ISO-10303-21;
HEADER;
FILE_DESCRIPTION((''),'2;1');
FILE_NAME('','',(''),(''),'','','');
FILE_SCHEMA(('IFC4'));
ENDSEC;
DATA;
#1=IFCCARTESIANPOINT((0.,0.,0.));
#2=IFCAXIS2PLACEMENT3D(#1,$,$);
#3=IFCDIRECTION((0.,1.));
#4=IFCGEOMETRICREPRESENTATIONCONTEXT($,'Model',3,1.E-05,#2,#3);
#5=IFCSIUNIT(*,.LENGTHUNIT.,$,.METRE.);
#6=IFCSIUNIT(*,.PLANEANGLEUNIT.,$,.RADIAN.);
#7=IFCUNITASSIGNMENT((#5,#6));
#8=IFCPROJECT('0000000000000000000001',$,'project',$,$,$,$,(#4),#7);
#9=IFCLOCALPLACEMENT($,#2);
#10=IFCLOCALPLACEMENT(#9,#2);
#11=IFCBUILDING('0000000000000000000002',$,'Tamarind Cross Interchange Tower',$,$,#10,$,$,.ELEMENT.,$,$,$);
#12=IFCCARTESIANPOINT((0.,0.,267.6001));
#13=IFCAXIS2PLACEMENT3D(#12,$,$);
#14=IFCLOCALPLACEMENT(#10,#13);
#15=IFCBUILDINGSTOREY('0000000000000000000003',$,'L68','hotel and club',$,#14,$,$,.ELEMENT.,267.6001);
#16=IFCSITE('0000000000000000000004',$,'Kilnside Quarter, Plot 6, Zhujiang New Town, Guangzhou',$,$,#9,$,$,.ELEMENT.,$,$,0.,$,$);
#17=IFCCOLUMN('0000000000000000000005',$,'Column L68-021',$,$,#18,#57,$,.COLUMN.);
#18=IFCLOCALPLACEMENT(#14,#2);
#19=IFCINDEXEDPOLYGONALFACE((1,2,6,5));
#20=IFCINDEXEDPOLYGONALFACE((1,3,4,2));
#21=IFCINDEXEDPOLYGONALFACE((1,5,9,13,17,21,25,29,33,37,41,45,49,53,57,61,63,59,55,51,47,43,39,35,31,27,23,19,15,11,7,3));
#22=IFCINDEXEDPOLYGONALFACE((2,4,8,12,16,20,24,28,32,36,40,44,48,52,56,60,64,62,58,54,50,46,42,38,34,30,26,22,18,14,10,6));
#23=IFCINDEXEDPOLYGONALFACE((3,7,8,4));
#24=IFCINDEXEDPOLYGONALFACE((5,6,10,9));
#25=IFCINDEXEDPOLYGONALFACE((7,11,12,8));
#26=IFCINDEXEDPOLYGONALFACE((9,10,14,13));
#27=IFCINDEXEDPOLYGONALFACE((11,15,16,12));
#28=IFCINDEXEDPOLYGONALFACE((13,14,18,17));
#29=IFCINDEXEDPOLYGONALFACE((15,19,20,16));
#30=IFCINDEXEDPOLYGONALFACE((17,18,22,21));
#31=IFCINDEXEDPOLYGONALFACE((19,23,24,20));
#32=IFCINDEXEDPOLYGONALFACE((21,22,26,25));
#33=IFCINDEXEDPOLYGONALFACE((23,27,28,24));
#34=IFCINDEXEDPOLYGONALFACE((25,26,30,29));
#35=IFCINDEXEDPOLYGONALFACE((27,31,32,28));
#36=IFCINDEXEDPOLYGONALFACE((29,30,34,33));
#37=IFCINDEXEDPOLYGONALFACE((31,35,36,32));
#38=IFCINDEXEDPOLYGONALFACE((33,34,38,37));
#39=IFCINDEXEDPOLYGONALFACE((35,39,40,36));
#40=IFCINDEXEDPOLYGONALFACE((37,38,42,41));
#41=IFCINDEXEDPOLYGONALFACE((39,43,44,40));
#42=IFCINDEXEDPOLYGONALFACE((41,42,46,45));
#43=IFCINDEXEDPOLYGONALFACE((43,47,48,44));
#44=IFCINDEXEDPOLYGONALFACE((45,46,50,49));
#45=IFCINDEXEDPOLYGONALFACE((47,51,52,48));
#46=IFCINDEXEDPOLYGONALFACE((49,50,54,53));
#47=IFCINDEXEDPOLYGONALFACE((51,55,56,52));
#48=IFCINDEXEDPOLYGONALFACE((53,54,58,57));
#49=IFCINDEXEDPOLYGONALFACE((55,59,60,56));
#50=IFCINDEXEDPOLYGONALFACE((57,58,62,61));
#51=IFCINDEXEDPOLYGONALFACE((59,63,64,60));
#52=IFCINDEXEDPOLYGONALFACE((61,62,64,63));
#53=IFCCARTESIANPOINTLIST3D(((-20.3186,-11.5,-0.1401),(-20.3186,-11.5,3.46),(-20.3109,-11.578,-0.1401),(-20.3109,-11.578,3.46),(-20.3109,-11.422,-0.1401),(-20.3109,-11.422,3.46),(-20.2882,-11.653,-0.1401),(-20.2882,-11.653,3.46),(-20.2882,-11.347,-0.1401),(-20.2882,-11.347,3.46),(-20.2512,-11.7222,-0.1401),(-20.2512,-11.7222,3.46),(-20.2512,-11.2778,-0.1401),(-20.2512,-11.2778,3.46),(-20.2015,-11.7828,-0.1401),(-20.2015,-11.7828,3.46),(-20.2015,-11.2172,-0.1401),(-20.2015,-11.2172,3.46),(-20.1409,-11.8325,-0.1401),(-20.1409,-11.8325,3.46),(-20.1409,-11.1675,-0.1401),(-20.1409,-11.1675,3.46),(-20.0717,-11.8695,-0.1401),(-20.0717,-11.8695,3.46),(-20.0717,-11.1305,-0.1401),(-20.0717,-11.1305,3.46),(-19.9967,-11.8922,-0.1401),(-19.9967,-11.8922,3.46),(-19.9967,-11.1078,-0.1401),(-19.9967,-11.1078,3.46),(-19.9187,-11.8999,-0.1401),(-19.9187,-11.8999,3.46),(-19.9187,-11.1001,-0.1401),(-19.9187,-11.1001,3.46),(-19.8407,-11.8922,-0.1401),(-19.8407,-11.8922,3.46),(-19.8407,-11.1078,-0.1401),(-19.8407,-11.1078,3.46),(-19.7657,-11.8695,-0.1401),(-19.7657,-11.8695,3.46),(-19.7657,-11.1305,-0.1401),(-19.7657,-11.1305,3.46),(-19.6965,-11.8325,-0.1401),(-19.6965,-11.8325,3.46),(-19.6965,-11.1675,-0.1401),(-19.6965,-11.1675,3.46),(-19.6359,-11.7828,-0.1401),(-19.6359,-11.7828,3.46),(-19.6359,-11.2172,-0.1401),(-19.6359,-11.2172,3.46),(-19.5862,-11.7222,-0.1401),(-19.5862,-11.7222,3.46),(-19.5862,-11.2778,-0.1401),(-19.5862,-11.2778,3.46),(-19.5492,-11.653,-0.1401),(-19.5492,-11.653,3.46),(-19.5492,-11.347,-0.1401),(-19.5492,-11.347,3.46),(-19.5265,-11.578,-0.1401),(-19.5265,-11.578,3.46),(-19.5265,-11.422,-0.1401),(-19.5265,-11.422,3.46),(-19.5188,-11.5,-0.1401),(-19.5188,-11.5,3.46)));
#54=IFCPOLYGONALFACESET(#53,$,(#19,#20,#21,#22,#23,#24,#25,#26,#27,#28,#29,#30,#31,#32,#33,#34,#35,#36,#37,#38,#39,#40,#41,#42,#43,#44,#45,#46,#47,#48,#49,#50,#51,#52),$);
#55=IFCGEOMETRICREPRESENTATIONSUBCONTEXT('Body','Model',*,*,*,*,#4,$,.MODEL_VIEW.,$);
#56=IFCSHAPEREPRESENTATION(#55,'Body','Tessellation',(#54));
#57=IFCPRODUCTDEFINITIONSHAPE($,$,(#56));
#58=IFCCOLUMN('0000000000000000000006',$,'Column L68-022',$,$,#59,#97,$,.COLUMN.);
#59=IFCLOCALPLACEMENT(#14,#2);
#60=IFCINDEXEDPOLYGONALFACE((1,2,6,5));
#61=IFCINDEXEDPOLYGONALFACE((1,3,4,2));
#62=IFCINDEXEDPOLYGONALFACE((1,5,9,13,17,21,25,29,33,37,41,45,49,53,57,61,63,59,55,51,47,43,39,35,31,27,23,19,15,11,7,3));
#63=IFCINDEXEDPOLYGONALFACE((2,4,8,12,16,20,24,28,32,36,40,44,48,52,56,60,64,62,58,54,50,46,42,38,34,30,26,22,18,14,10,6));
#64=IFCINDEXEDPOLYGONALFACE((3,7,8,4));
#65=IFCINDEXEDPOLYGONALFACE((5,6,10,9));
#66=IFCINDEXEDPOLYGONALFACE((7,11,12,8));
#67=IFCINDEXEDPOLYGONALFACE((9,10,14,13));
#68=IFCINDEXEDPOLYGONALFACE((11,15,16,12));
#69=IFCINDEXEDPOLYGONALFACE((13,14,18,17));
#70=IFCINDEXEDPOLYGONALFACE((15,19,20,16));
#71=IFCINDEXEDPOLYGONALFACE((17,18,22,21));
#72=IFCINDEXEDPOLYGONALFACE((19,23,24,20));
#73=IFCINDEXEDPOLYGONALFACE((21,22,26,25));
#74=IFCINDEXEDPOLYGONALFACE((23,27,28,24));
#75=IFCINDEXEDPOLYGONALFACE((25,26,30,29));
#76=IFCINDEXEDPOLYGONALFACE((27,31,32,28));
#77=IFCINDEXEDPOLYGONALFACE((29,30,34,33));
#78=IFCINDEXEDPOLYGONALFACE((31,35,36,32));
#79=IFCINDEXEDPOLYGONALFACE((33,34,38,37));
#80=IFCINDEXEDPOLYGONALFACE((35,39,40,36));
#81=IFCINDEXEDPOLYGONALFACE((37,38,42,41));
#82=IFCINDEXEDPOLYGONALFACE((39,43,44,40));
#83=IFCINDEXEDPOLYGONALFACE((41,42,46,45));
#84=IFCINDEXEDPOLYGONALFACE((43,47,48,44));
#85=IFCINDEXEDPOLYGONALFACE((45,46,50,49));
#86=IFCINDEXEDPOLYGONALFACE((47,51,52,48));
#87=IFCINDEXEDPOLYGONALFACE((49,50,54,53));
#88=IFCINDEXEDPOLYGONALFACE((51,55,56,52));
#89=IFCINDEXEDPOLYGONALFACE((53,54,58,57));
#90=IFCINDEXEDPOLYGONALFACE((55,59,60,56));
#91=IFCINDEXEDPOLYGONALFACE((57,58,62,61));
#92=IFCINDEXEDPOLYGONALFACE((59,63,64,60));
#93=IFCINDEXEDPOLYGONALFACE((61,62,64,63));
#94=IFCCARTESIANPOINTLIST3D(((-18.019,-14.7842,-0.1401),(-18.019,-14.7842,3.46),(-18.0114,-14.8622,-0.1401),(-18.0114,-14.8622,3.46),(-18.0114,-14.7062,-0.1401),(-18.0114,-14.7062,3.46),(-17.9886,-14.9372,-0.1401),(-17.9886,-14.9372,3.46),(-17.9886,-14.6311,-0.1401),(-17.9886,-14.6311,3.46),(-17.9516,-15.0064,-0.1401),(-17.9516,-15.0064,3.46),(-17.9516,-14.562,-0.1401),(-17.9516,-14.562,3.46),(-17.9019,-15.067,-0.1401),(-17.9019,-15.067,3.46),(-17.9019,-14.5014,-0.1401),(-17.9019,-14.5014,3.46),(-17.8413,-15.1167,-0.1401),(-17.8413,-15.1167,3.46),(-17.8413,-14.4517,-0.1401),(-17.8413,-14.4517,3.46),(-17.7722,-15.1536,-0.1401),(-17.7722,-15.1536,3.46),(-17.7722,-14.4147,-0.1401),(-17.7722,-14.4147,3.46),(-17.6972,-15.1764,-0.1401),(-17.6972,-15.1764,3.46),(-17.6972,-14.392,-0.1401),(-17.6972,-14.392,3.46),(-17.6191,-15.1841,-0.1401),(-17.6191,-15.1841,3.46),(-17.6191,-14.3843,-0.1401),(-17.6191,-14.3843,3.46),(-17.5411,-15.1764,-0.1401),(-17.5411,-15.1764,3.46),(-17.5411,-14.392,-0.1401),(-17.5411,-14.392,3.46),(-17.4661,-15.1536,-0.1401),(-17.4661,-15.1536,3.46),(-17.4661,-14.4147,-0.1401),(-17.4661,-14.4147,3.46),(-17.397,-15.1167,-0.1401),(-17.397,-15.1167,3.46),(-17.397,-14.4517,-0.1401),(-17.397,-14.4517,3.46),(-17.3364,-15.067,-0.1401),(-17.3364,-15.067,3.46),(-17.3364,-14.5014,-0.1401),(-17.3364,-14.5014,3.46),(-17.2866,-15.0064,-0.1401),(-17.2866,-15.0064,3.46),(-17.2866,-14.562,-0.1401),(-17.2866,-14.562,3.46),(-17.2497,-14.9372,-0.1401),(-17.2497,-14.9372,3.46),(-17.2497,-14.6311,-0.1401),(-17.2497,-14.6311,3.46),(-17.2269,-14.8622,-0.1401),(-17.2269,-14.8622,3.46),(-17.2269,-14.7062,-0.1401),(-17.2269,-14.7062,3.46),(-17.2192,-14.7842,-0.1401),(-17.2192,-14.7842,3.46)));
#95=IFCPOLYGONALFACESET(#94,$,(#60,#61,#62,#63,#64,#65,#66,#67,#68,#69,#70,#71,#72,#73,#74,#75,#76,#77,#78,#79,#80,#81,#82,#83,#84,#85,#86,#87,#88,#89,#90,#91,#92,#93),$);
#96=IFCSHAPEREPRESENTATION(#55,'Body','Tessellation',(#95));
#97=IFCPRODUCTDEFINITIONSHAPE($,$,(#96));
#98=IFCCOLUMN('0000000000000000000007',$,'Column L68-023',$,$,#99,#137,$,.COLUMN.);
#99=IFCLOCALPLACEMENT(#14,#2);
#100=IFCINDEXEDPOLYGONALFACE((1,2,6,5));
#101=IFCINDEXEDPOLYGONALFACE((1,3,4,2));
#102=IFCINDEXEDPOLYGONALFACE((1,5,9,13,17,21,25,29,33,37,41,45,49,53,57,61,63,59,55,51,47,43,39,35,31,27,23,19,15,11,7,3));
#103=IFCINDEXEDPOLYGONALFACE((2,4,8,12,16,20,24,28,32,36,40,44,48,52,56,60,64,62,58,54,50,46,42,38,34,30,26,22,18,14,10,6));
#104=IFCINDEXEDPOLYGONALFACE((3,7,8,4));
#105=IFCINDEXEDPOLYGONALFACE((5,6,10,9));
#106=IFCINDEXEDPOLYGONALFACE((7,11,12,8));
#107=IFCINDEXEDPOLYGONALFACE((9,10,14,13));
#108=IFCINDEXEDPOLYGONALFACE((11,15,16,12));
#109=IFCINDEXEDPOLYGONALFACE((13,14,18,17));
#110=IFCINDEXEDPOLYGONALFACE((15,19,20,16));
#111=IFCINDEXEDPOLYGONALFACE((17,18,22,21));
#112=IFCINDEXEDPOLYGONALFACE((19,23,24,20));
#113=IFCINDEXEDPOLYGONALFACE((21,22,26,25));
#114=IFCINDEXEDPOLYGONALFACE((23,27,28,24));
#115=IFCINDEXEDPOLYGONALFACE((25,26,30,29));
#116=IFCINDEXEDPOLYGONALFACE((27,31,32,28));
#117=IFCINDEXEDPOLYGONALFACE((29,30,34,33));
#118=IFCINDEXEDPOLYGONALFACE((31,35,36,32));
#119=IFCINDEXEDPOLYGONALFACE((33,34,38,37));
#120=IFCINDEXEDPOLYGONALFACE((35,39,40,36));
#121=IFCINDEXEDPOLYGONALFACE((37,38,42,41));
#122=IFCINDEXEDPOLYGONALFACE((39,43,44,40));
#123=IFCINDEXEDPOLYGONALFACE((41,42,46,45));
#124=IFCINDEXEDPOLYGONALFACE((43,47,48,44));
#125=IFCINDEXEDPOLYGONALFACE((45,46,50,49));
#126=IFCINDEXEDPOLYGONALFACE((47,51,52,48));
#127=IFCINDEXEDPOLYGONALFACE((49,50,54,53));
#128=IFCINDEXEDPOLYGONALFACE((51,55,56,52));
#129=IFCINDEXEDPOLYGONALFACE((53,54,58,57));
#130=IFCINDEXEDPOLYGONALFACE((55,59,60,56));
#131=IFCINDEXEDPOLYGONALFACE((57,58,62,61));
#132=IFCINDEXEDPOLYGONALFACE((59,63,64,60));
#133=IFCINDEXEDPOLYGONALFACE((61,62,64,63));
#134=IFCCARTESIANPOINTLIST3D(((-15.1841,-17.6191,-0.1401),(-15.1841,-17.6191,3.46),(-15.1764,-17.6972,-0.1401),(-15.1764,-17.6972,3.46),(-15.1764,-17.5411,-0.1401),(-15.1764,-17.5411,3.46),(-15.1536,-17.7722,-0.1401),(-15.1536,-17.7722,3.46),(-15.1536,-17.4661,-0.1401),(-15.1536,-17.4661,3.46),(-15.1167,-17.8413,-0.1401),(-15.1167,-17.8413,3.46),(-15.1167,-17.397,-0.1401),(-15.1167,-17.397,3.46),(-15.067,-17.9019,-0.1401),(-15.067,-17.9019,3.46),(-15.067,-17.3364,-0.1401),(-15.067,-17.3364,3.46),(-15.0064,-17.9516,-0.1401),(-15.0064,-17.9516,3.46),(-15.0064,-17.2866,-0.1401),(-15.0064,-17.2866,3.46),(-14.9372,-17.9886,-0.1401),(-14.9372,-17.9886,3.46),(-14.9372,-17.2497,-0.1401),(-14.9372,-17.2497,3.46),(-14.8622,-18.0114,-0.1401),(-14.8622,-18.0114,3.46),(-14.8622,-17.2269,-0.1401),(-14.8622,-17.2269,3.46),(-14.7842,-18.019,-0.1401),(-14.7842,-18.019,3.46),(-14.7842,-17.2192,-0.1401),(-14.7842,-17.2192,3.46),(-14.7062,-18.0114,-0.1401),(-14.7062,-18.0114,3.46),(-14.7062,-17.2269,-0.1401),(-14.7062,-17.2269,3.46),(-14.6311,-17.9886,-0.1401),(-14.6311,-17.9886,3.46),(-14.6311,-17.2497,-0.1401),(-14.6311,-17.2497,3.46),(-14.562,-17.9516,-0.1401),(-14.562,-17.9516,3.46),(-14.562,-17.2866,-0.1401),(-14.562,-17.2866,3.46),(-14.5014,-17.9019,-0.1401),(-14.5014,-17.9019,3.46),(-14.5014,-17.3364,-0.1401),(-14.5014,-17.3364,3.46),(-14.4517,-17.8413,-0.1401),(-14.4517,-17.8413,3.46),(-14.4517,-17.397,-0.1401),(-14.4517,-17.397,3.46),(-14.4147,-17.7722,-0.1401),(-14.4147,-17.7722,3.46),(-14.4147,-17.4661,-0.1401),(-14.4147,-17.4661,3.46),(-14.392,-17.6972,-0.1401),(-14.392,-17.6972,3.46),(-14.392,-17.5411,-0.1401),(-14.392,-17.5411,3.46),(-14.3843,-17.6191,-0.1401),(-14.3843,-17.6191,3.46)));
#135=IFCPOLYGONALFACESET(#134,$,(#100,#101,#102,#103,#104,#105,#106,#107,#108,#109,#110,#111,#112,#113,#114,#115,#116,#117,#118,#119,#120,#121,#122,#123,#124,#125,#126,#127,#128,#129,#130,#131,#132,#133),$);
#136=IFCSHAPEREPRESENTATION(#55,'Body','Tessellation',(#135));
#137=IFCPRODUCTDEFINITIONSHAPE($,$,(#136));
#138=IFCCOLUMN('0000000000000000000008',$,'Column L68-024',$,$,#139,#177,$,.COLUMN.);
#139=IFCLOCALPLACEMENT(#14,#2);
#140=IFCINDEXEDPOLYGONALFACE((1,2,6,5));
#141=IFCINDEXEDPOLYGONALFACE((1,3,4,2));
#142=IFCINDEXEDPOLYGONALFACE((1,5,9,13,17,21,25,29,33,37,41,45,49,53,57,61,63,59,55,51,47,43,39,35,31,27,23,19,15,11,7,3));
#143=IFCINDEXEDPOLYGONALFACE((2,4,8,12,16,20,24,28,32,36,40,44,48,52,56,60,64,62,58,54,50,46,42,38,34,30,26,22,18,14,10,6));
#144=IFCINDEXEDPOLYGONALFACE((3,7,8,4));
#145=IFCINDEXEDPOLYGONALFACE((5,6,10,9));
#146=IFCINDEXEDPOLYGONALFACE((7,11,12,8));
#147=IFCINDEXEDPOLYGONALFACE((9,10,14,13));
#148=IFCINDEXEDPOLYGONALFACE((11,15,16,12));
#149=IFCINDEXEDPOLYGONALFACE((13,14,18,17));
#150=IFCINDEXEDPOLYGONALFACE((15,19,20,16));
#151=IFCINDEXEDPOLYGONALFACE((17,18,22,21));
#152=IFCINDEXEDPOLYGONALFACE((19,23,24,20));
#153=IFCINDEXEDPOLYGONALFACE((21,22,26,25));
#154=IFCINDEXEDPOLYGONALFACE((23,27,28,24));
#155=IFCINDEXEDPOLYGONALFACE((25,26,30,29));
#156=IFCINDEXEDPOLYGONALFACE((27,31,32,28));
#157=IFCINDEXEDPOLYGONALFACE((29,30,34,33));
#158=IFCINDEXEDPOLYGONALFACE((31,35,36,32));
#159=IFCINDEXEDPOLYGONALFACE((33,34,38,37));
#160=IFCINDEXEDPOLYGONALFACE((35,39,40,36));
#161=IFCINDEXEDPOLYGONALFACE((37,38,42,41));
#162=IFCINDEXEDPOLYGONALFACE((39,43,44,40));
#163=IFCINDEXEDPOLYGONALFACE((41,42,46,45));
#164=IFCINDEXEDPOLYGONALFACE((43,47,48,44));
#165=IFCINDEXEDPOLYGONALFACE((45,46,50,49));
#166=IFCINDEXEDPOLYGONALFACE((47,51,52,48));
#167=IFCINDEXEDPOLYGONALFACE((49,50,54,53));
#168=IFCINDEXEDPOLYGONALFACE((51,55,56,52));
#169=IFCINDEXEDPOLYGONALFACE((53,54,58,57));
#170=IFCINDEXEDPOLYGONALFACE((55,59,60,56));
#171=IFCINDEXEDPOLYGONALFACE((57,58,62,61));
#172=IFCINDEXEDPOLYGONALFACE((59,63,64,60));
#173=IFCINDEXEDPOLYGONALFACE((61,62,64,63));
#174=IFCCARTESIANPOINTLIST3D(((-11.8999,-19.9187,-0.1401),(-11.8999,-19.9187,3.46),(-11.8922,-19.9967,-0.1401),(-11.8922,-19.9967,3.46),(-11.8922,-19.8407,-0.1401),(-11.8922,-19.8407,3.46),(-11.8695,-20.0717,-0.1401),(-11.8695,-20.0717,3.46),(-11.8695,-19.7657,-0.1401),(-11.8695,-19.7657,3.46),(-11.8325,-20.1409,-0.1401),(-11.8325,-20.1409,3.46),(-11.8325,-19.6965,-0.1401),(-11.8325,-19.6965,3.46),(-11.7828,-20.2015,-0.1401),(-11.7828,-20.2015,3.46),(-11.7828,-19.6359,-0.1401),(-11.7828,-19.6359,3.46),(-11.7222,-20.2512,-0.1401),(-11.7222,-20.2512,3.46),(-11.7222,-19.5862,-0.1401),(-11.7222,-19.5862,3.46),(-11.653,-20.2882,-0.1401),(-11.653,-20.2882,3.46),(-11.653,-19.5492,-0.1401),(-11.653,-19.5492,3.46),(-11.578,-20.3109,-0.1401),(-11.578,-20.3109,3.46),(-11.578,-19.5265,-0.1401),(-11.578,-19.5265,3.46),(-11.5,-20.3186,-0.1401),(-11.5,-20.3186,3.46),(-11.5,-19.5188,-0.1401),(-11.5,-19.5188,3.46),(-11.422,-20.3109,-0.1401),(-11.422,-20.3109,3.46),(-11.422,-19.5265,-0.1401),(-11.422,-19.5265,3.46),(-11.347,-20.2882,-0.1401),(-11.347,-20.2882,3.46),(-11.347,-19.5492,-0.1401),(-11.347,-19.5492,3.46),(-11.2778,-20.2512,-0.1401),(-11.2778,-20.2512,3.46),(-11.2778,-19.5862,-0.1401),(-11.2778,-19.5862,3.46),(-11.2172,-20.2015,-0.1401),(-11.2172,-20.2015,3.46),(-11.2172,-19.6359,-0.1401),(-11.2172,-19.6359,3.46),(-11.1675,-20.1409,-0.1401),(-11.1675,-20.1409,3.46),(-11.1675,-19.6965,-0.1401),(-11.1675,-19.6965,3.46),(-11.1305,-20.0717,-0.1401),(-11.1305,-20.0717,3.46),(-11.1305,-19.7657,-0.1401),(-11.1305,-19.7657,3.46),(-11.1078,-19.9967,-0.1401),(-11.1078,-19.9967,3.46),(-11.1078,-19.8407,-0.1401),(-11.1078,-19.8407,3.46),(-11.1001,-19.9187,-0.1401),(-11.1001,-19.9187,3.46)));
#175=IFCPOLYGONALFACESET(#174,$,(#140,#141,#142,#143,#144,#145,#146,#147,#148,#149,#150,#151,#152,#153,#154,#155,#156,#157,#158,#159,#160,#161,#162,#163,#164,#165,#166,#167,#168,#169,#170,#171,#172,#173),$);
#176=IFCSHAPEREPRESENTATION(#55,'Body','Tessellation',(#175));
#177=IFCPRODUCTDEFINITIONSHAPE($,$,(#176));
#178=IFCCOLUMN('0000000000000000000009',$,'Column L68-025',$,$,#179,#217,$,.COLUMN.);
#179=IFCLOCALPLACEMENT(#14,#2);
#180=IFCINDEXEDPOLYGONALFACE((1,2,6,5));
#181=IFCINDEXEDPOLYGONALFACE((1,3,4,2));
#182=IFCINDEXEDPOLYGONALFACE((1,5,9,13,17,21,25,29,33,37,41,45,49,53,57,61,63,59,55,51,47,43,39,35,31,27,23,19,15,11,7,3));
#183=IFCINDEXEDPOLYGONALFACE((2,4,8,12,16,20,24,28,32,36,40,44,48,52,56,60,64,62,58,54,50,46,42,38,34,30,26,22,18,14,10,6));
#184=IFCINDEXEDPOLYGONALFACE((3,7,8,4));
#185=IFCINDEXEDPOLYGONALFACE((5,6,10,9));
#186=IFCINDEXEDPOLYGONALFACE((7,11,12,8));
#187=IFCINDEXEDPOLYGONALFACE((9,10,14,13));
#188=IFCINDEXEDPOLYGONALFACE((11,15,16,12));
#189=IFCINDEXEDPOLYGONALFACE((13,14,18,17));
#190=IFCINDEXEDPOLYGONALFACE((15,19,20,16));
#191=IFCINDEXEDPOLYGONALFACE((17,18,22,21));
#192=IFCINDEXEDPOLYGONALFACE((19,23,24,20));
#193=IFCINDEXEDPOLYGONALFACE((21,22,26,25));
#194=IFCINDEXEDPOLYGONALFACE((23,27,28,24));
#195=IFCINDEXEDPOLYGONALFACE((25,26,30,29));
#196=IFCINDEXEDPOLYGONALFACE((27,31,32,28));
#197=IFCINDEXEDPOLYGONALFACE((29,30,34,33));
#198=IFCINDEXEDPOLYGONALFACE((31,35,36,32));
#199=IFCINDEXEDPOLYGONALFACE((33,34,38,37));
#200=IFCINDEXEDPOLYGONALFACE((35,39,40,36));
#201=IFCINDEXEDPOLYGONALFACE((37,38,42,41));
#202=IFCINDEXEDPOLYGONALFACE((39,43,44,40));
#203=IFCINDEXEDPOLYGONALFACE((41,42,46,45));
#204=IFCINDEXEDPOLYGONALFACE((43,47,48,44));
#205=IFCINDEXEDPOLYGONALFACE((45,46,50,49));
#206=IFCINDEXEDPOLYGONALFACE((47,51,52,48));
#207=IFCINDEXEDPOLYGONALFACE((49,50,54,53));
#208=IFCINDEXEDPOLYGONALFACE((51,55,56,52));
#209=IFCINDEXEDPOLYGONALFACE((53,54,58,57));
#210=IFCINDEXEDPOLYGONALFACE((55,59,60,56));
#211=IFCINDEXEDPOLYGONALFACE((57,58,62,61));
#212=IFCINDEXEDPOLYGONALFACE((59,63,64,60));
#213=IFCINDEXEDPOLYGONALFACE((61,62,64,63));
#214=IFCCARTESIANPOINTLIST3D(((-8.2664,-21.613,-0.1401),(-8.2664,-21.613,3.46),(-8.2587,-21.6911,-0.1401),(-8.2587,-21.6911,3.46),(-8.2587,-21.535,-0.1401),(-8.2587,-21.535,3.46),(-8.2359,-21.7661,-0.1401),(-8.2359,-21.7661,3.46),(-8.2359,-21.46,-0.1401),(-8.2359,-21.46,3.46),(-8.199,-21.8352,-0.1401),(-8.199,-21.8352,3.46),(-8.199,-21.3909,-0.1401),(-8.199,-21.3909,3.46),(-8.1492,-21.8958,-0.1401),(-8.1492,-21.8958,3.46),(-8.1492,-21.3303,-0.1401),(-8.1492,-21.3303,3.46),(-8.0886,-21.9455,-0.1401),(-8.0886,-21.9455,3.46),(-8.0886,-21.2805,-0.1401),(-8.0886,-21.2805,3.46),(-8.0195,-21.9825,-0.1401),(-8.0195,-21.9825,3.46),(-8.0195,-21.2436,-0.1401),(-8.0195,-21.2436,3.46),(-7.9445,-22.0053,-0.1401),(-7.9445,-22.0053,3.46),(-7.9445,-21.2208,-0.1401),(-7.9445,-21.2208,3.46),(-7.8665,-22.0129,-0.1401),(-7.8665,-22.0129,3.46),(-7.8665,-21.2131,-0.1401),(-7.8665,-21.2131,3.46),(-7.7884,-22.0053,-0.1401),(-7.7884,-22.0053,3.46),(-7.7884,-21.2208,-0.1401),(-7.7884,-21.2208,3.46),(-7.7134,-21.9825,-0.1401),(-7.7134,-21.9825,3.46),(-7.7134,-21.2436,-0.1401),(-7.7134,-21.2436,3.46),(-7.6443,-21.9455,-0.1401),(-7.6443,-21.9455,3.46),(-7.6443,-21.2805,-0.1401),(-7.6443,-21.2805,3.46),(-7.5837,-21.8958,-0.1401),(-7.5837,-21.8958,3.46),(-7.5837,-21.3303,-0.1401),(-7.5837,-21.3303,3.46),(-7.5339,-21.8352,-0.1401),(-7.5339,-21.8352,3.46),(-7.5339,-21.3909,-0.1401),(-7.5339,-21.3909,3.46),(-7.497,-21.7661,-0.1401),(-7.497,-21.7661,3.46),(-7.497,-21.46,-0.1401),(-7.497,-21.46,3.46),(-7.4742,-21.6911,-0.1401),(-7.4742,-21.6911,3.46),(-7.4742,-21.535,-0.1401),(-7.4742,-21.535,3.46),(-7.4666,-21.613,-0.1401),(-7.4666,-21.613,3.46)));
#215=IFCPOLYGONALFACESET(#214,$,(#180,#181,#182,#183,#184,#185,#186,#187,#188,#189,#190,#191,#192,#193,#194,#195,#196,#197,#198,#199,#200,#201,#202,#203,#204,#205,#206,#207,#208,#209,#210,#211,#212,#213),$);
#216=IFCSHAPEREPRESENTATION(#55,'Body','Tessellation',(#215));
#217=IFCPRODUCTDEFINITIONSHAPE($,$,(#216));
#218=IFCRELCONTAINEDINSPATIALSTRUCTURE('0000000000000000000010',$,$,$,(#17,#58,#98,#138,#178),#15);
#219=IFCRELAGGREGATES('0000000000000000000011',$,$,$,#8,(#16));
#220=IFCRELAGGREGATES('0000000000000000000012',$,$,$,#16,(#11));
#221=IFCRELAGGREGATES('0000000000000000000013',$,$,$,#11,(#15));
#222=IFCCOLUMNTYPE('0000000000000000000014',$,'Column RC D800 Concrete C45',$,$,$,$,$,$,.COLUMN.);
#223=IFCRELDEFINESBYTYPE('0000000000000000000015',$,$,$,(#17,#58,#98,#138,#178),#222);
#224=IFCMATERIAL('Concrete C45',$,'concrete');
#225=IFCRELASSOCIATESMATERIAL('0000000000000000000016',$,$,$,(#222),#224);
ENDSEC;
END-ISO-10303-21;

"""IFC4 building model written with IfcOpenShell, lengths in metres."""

from ifc_helpers import new_model, si_unit, direction, frame, origin, origin_2d, place, context, subcontext, project, spatial, circle, extrude, material, material_profile, profile_set, type_object, element, save


model = new_model("IFC4")

# Units and contexts
model_context = context("Model", 3, precision=1e-05, world=origin(), true_north=direction((0.0, 1.0)))
body_context = subcontext(model_context, "Body", "Model", "MODEL_VIEW")
ifc_project = project(units=[si_unit("LENGTHUNIT", "METRE"), si_unit("PLANEANGLEUNIT", "RADIAN")], contexts=[model_context])

# Site, building, storey
site_placement = place(None, origin())
site = spatial("IfcSite", under=ifc_project, at=site_placement, Name="Kilnside Quarter, Plot 6, Zhujiang New Town, Guangzhou", CompositionType="ELEMENT", RefElevation=0.0)
building_placement = place(site_placement, origin())
building = spatial("IfcBuilding", under=site, at=building_placement, Name="Tamarind Cross Interchange Tower", CompositionType="ELEMENT")
storey_placement = place(building_placement, frame((0.0, 0.0, 267.6001)))
storey = spatial("IfcBuildingStorey", under=building, at=storey_placement, Name="L68", Description="hotel and club", CompositionType="ELEMENT", Elevation=267.6001)

# Columns
ifc_material_1 = material(Name="Concrete C45", Category="concrete")
ifc_material_profile_1 = material_profile(ifc_material_1, circle(Radius=0.3999, at=origin_2d()), Name="RC D800")
ifc_profile_set_1 = profile_set([ifc_material_profile_1], Name="Concrete C45")
column_type = type_object("IfcColumnType", Name="Column RC D800 Concrete C45", PredefinedType="COLUMN", material=ifc_profile_set_1)
for number, where, z_axis, x_axis, name in (
    (1, (-19.9187, -11.5, -0.1401), (0.0, 0.0, 1.0), (1.0, 0.0, 0.0), "Column L68-021"),
    (2, (-17.6191, -14.7842, -0.1401), (0.0, 0.0, 1.0), (1.0, 0.0, 0.0), "Column L68-022"),
    (3, (-14.7842, -17.6191, -0.1401), (0.0, 0.0, 1.0), (1.0, 0.0, 0.0), "Column L68-023"),
    (4, (-11.5, -19.9187, -0.1401), (0.0, 0.0, 1.0), (1.0, 0.0, 0.0), "Column L68-024"),
    (5, (-7.8665, -21.613, -0.1401), (0.0, 0.0, 1.0), (1.0, 0.0, 0.0), "Column L68-025"),
):
    element("IfcColumn", number, at=place(storey_placement, frame(where, z_axis=z_axis, x_axis=x_axis)), inside=storey, type_object=column_type, Name=name, PredefinedType="COLUMN", context=body_context, shape_type="SweptSolid", body=[
        extrude(circle(Radius=0.3999, at=origin_2d()), origin(), (0.0, 0.0, 1.0), 3.6001),
    ])

save(model, "model.ifc")
